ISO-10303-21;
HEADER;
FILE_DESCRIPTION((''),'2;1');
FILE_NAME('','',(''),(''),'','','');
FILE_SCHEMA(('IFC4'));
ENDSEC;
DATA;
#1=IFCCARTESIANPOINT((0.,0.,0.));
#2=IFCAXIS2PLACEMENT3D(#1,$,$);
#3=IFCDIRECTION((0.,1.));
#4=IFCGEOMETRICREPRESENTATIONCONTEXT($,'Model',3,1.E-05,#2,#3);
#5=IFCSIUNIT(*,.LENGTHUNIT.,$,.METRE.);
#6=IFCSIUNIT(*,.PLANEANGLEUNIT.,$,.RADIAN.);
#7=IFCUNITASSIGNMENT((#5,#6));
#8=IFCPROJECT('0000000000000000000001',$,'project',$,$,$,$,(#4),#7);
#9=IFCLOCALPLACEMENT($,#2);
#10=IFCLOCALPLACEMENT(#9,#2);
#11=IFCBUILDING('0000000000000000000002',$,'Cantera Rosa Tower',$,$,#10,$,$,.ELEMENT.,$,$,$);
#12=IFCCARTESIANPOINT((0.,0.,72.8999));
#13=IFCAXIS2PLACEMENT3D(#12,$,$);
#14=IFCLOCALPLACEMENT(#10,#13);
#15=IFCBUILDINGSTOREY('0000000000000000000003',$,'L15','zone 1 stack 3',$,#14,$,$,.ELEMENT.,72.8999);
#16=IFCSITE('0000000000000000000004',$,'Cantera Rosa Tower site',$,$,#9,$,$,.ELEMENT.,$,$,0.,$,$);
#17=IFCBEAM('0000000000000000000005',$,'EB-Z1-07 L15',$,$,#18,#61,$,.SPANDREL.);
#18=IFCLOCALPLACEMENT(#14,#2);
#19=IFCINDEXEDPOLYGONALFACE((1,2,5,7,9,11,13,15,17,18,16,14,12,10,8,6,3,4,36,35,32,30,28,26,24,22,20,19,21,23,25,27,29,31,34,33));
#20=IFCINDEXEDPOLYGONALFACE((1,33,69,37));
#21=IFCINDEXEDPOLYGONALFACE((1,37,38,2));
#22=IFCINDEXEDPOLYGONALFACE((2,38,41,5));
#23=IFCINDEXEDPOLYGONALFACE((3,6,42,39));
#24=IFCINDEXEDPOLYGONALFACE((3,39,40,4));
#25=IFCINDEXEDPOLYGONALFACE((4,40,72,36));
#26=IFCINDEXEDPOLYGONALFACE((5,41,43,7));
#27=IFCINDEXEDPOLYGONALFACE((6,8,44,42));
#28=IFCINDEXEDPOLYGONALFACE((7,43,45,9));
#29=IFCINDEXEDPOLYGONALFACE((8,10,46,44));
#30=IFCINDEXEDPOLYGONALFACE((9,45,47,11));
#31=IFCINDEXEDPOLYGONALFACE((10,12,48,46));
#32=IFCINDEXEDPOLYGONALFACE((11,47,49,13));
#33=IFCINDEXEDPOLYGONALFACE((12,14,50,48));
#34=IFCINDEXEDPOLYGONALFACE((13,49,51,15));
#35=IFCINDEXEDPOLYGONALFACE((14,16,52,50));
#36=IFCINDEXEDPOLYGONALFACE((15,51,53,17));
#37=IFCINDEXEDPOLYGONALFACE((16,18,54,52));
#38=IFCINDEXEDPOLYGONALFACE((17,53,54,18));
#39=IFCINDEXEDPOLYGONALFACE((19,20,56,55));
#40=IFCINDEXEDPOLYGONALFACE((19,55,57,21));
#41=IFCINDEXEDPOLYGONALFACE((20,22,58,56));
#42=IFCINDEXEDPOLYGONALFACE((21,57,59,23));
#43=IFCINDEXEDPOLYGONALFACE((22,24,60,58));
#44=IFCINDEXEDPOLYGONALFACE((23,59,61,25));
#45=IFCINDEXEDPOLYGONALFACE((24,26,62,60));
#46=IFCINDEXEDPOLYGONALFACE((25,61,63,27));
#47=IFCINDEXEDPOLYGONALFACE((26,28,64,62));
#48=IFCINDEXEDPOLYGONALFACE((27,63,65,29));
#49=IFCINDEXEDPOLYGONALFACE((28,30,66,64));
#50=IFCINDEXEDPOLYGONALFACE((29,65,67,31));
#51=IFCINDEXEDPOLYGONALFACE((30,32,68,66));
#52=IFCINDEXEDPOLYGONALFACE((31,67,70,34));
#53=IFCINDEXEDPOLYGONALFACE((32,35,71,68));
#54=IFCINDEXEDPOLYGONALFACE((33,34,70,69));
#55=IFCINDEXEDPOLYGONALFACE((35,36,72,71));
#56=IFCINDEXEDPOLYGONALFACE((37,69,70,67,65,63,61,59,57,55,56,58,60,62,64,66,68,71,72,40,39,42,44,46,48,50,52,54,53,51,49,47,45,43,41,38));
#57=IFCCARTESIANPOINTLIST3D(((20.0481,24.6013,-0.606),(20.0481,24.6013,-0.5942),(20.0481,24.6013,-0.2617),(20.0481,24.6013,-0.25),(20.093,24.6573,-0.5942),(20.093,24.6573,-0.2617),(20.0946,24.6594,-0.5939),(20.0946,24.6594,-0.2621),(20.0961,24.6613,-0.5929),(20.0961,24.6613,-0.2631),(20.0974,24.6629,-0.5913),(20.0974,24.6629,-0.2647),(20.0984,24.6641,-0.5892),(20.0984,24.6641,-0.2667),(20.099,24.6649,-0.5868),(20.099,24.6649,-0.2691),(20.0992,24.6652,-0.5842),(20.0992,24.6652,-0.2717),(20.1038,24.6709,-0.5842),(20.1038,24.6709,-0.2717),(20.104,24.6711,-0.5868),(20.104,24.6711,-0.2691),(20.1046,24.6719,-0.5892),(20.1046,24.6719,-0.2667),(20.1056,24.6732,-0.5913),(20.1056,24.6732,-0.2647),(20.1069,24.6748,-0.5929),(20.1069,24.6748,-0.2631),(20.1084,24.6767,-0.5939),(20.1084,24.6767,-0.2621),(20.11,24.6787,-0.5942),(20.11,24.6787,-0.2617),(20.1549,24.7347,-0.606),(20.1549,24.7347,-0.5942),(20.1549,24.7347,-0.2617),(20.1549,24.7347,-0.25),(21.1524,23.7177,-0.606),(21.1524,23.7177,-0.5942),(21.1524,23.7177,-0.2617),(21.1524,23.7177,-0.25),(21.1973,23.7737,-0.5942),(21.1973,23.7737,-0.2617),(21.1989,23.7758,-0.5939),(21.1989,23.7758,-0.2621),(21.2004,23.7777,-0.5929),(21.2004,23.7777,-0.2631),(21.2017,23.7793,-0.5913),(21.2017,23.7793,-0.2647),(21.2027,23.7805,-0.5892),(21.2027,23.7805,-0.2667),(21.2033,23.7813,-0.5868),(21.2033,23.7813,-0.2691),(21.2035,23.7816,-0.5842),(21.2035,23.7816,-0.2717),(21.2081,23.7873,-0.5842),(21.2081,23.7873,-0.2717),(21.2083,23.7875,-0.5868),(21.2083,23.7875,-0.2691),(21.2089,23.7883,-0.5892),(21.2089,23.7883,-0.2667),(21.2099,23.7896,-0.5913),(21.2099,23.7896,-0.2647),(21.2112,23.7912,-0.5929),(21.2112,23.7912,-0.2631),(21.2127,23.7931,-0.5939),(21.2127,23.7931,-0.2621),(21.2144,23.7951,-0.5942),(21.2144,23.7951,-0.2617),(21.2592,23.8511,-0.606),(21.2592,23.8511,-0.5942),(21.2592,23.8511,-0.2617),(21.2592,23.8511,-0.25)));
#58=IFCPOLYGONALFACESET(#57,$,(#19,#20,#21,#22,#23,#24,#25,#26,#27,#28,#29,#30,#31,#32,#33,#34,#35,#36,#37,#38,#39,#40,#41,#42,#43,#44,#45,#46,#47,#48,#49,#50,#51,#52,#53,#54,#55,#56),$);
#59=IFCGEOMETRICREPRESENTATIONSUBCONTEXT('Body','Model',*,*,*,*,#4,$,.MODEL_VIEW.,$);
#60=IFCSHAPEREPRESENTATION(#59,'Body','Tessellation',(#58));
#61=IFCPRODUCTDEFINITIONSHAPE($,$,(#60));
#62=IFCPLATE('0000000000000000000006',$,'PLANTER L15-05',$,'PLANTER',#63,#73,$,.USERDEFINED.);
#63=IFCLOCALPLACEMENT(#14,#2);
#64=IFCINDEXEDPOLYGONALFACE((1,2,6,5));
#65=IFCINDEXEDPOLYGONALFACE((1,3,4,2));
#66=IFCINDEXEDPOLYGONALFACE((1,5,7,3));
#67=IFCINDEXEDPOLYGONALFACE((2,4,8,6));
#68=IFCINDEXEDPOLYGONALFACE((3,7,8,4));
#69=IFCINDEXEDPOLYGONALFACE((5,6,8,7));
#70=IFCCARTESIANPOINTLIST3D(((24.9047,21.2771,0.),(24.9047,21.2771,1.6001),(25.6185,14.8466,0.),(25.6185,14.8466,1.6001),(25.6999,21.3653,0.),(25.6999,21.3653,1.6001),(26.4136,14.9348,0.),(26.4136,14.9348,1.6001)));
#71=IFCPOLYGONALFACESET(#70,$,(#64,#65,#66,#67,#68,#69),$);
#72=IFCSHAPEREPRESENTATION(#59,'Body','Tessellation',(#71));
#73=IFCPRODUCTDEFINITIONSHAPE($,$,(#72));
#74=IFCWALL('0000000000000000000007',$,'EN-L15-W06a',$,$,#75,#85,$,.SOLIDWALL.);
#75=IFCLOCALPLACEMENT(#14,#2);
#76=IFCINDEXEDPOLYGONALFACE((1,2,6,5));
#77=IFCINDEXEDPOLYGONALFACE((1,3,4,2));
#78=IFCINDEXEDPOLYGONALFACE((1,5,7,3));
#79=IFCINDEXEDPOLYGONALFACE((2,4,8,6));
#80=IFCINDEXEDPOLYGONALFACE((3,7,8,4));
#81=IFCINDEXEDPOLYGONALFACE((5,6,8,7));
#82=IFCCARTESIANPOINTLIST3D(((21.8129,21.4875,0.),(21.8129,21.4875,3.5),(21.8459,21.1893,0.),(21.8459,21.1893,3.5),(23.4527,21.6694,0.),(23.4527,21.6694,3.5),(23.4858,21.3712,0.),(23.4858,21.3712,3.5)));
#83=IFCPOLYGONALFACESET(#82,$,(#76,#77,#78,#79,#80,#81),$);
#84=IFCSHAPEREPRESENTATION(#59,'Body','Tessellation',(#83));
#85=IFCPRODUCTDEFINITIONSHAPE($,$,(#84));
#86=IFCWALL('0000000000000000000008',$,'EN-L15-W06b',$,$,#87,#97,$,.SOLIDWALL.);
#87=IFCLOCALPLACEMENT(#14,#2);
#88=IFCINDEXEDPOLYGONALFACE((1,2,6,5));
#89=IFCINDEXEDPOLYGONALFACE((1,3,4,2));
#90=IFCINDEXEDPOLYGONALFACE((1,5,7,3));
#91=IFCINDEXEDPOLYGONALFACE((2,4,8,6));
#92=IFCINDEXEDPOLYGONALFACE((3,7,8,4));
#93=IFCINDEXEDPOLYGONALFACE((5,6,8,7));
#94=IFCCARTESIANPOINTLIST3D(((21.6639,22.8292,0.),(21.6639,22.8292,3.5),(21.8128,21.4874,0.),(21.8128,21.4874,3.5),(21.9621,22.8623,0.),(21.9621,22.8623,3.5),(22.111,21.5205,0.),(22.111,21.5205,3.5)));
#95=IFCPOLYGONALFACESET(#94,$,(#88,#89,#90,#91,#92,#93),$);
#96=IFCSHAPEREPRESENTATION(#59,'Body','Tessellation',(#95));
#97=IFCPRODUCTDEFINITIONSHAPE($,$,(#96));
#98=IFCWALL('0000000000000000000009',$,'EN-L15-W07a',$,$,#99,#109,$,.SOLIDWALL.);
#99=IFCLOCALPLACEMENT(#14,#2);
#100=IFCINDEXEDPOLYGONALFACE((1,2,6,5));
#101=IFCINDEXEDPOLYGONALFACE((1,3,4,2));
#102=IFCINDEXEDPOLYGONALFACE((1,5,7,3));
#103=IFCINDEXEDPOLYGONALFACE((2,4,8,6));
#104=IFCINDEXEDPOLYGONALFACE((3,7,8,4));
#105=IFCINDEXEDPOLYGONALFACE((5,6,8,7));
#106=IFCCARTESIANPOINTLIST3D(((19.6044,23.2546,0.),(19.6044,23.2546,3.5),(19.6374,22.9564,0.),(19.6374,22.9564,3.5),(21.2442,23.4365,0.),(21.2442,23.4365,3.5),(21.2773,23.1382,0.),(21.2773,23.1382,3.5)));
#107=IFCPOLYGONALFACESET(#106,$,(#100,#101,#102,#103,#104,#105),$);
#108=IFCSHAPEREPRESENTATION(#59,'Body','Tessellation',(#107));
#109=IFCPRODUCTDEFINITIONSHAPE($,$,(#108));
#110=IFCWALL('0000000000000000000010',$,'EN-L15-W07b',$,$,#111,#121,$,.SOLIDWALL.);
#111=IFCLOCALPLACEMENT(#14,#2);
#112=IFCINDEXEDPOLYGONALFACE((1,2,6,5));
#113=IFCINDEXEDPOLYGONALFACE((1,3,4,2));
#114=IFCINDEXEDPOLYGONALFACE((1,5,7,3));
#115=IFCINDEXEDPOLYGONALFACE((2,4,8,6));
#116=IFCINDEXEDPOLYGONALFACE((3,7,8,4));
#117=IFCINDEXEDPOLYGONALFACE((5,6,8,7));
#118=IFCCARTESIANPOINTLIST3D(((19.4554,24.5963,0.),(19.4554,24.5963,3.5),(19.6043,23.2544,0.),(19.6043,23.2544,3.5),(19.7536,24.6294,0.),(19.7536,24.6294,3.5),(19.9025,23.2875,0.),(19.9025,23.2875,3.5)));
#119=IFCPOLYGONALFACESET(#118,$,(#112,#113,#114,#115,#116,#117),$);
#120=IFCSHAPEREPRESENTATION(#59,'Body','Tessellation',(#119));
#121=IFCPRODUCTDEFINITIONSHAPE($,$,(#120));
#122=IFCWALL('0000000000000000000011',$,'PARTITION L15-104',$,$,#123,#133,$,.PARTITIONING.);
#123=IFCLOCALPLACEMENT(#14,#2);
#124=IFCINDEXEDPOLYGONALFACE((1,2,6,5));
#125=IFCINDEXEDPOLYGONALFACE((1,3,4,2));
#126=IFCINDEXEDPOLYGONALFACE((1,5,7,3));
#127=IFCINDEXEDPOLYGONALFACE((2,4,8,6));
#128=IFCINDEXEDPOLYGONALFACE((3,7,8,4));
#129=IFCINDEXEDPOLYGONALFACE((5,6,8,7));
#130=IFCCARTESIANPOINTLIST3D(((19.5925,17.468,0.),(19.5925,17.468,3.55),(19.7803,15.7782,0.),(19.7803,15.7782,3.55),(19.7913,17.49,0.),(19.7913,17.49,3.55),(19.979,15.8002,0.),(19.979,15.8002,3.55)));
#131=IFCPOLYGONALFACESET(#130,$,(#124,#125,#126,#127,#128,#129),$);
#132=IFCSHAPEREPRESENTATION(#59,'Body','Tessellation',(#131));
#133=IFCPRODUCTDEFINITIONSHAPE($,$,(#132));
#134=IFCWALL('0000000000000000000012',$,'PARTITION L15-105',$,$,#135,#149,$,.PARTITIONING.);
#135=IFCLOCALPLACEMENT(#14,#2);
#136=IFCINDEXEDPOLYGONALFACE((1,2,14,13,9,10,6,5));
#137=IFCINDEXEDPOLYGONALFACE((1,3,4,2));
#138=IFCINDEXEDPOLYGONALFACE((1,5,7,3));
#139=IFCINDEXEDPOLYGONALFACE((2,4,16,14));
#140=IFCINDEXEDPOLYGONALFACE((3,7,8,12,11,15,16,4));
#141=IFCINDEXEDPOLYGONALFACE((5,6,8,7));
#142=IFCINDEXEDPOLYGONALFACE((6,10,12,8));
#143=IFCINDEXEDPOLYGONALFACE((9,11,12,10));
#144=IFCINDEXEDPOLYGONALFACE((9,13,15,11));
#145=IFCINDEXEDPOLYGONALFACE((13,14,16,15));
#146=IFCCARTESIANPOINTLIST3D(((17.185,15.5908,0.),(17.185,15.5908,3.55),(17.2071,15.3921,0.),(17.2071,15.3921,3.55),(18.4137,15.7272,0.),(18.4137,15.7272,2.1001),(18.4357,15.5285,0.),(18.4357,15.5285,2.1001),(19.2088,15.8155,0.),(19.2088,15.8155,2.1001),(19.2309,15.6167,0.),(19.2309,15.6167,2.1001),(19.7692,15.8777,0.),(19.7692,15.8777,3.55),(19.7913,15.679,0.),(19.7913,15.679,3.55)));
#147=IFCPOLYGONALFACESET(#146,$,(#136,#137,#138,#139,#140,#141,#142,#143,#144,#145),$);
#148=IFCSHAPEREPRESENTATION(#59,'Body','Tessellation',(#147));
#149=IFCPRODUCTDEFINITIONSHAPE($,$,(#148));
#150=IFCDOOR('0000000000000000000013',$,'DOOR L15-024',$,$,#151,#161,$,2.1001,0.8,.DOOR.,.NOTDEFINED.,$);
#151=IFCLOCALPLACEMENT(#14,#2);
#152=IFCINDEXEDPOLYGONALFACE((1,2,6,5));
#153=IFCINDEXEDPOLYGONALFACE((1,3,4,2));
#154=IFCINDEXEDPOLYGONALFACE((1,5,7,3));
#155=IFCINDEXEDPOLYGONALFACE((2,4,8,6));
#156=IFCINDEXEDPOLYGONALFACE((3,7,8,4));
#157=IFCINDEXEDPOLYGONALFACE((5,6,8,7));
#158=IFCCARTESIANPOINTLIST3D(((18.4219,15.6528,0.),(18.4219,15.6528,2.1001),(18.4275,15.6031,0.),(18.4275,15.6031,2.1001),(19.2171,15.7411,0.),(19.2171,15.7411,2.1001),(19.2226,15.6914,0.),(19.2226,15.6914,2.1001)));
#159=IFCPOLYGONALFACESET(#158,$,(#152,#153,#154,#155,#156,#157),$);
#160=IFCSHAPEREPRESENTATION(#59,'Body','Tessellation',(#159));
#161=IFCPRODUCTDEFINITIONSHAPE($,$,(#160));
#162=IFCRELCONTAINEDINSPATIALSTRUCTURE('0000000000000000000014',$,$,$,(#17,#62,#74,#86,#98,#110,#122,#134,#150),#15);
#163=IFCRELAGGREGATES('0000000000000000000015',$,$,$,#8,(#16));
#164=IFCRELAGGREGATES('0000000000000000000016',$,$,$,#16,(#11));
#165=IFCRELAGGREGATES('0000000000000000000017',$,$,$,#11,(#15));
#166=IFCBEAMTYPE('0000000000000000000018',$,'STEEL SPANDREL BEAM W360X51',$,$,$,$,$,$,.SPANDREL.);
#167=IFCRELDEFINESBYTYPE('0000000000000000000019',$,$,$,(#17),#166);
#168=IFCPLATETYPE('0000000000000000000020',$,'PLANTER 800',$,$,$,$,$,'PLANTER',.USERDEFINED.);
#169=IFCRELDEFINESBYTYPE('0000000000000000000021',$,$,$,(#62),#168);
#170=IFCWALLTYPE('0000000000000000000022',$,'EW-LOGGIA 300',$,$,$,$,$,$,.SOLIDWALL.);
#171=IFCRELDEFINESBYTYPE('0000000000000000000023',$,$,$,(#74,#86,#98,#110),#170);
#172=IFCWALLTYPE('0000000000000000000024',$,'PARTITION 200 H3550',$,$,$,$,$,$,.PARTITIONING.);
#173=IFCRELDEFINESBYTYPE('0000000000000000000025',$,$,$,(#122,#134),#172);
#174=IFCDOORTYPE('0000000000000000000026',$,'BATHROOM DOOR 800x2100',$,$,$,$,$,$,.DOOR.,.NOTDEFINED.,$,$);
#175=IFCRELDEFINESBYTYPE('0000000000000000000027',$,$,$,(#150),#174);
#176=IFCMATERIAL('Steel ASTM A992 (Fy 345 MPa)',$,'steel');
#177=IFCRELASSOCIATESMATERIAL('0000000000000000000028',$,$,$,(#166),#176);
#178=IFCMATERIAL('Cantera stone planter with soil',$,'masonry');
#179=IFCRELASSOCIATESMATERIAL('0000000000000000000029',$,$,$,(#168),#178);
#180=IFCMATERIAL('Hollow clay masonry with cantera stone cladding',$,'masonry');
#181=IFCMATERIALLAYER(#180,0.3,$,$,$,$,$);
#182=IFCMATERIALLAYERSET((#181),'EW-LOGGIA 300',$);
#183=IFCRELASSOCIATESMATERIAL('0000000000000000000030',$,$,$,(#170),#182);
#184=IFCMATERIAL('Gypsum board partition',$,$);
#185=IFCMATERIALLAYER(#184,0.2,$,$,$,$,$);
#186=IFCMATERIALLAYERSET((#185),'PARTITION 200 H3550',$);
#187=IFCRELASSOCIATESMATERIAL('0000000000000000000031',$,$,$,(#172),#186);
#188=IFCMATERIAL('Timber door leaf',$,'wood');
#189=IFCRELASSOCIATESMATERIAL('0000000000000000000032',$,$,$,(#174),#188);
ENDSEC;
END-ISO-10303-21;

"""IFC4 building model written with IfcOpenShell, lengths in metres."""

from ifc_helpers import new_model, si_unit, direction, frame, frame_2d, origin, origin_2d, place, context, subcontext, project, spatial, rectangle, i_section, extrude, material, layer, layer_set, material_profile, profile_set, type_object, element, fill, save


model = new_model("IFC4")

# Units and contexts
model_context = context("Model", 3, precision=1e-05, world=origin(), true_north=direction((0.0, 1.0)))
body_context = subcontext(model_context, "Body", "Model", "MODEL_VIEW")
ifc_project = project(units=[si_unit("LENGTHUNIT", "METRE"), si_unit("PLANEANGLEUNIT", "RADIAN")], contexts=[model_context])

# Site, building, storey
site_placement = place(None, origin())
site = spatial("IfcSite", under=ifc_project, at=site_placement, Name="Cantera Rosa Tower site", CompositionType="ELEMENT", RefElevation=0.0)
building_placement = place(site_placement, origin())
building = spatial("IfcBuilding", under=site, at=building_placement, Name="Cantera Rosa Tower", CompositionType="ELEMENT")
storey_placement = place(building_placement, frame((0.0, 0.0, 72.8999)))
storey = spatial("IfcBuildingStorey", under=building, at=storey_placement, Name="L15", Description="zone 1 stack 3", CompositionType="ELEMENT", Elevation=72.8999)

# Beam
ifc_material_1 = material(Name="Steel ASTM A992 (Fy 345 MPa)", Category="steel")
ifc_material_profile_1 = material_profile(ifc_material_1, i_section(OverallWidth=0.1709, OverallDepth=0.356, WebThickness=0.0073, FlangeThickness=0.0117, FilletRadius=0.01, at=origin_2d()), Name="W360X51")
ifc_profile_set_1 = profile_set([ifc_material_profile_1], Name="Steel ASTM A992 (Fy 345 MPa)")
beam_type_1 = type_object("IfcBeamType", Name="STEEL SPANDREL BEAM W360X51", PredefinedType="SPANDREL", material=ifc_profile_set_1)
for number, where, z_axis, x_axis, name in (
    (1, (21.2058, 23.7844, -0.428), (-0.780818, 0.624758, 0.0), (-0.624758, -0.780818, 0.0), "EB-Z1-07 L15"),
):
    element("IfcBeam", number, at=place(storey_placement, frame(where, z_axis=z_axis, x_axis=x_axis)), inside=storey, type_object=beam_type_1, Name=name, PredefinedType="SPANDREL", context=body_context, shape_type="SweptSolid", body=[
        extrude(i_section(OverallWidth=0.1709, OverallDepth=0.356, WebThickness=0.0073, FlangeThickness=0.0117, FilletRadius=0.01, at=origin_2d()), origin(), (0.0, 0.0, 1.0), 1.4143),
    ])

# Plate
ifc_material_2 = material(Name="Cantera stone planter with soil", Category="masonry")
plate_type = type_object("IfcPlateType", Name="PLANTER 800", ElementType="PLANTER", PredefinedType="USERDEFINED", material=ifc_material_2)
plate_placement = place(storey_placement, frame((25.6592, 18.106, 0.0), z_axis=(0.0, 0.0, 1.0), x_axis=(-0.110313, 0.993897, 0.0)))
element("IfcPlate", 2, at=plate_placement, inside=storey, type_object=plate_type, Name="PLANTER L15-05", ObjectType="PLANTER", PredefinedType="USERDEFINED", context=body_context, shape_type="SweptSolid", body=[
    extrude(rectangle(XDim=6.47, YDim=0.8, at=origin_2d()), origin(), (0.0, 0.0, 1.0), 1.6001),
])

# Walls
ifc_material_3 = material(Name="Hollow clay masonry with cantera stone cladding", Category="masonry")
ifc_layer_1 = layer(ifc_material_3, 0.3)
ifc_layer_set_1 = layer_set([ifc_layer_1], Name="EW-LOGGIA 300")
wall_type_1 = type_object("IfcWallType", Name="EW-LOGGIA 300", PredefinedType="SOLIDWALL", material=ifc_layer_set_1)
wall_1_placement = place(storey_placement, frame((23.4692, 21.5203, 0.0), z_axis=(0.0, 0.0, 1.0), x_axis=(-0.993905, -0.110237, 0.0)))
element("IfcWall", 3, at=wall_1_placement, inside=storey, type_object=wall_type_1, Name="EN-L15-W06a", PredefinedType="SOLIDWALL", context=body_context, shape_type="SweptSolid", body=[
    extrude(rectangle(XDim=1.6499, YDim=0.3, at=frame_2d((0.825, 0.0))), origin(), (0.0, 0.0, 1.0), 3.5),
])
wall_2_placement = place(storey_placement, frame((21.9619, 21.5039, 0.0), z_axis=(0.0, 0.0, 1.0), x_axis=(-0.110312, 0.993897, 0.0)))
element("IfcWall", 4, at=wall_2_placement, inside=storey, type_object=wall_type_1, Name="EN-L15-W06b", PredefinedType="SOLIDWALL", context=body_context, shape_type="SweptSolid", body=[
    extrude(rectangle(XDim=1.3501, YDim=0.3, at=frame_2d((0.675, 0.0))), origin(), (0.0, 0.0, 1.0), 3.5),
])
wall_3_placement = place(storey_placement, frame((21.2607, 23.2874, 0.0), z_axis=(0.0, 0.0, 1.0), x_axis=(-0.993905, -0.110237, 0.0)))
element("IfcWall", 5, at=wall_3_placement, inside=storey, type_object=wall_type_1, Name="EN-L15-W07a", PredefinedType="SOLIDWALL", context=body_context, shape_type="SweptSolid", body=[
    extrude(rectangle(XDim=1.6499, YDim=0.3, at=frame_2d((0.825, 0.0))), origin(), (0.0, 0.0, 1.0), 3.5),
])
wall_4_placement = place(storey_placement, frame((19.7534, 23.271, 0.0), z_axis=(0.0, 0.0, 1.0), x_axis=(-0.110312, 0.993897, 0.0)))
element("IfcWall", 6, at=wall_4_placement, inside=storey, type_object=wall_type_1, Name="EN-L15-W07b", PredefinedType="SOLIDWALL", context=body_context, shape_type="SweptSolid", body=[
    extrude(rectangle(XDim=1.3501, YDim=0.3, at=frame_2d((0.675, 0.0))), origin(), (0.0, 0.0, 1.0), 3.5),
])
ifc_material_4 = material(Name="Gypsum board partition")
ifc_layer_2 = layer(ifc_material_4, 0.2)
ifc_layer_set_2 = layer_set([ifc_layer_2], Name="PARTITION 200 H3550")
wall_type_2 = type_object("IfcWallType", Name="PARTITION 200 H3550", PredefinedType="PARTITIONING", material=ifc_layer_set_2)
wall_5_placement = place(storey_placement, frame((19.6919, 17.479, 0.0), z_axis=(0.0, 0.0, 1.0), x_axis=(0.110432, -0.993884, 0.0)))
element("IfcWall", 7, at=wall_5_placement, inside=storey, type_object=wall_type_2, Name="PARTITION L15-104", PredefinedType="PARTITIONING", context=body_context, shape_type="SweptSolid", body=[
    extrude(rectangle(XDim=1.7002, YDim=0.2, at=frame_2d((0.8501, 0.0))), origin(), (0.0, 0.0, 1.0), 3.55),
])

# Wall, opening, door
wall_6_placement = place(storey_placement, frame((19.7803, 15.7783, 0.0), z_axis=(0.0, 0.0, 1.0), x_axis=(-0.993895, -0.110328, 0.0)))
wall_6 = element("IfcWall", 8, at=wall_6_placement, inside=storey, type_object=wall_type_2, Name="PARTITION L15-105", PredefinedType="PARTITIONING", context=body_context, shape_type="SweptSolid", body=[
    extrude(rectangle(XDim=2.6001, YDim=0.2, at=frame_2d((1.3, 0.0))), origin(), (0.0, 0.0, 1.0), 3.55),
])
opening_placement = place(wall_6_placement, frame((0.564, 0.0, 0.0)))
opening = element("IfcOpeningElement", 9, at=opening_placement, cuts=wall_6, PredefinedType="OPENING", context=body_context, shape_type="SweptSolid", body=[
    extrude(rectangle(XDim=0.8, YDim=2.1001, at=frame_2d((0.3999, 1.05))), frame((0.0, 0.1099, 0.0), z_axis=(0.0, -1.0, 0.0), x_axis=(1.0, 0.0, 0.0)), (0.0, 0.0, 1.0), 0.22),
])
ifc_material_5 = material(Name="Timber door leaf", Category="wood")
door_type = type_object("IfcDoorType", Name="BATHROOM DOOR 800x2100", OperationType="NOTDEFINED", PredefinedType="DOOR", material=ifc_material_5)
door_placement = place(opening_placement, origin())
door = element("IfcDoor", 10, at=door_placement, inside=storey, type_object=door_type, Name="DOOR L15-024", OperationType="NOTDEFINED", OverallHeight=2.1001, OverallWidth=0.8, PredefinedType="DOOR", context=body_context, shape_type="SweptSolid", body=[
    extrude(rectangle(XDim=0.8, YDim=2.1001, at=frame_2d((0.3999, 1.05))), frame((0.0, 0.0249, 0.0), z_axis=(0.0, -1.0, 0.0), x_axis=(1.0, 0.0, 0.0)), (0.0, 0.0, 1.0), 0.05),
])
fill(opening, door)

save(model, "model.ifc")
